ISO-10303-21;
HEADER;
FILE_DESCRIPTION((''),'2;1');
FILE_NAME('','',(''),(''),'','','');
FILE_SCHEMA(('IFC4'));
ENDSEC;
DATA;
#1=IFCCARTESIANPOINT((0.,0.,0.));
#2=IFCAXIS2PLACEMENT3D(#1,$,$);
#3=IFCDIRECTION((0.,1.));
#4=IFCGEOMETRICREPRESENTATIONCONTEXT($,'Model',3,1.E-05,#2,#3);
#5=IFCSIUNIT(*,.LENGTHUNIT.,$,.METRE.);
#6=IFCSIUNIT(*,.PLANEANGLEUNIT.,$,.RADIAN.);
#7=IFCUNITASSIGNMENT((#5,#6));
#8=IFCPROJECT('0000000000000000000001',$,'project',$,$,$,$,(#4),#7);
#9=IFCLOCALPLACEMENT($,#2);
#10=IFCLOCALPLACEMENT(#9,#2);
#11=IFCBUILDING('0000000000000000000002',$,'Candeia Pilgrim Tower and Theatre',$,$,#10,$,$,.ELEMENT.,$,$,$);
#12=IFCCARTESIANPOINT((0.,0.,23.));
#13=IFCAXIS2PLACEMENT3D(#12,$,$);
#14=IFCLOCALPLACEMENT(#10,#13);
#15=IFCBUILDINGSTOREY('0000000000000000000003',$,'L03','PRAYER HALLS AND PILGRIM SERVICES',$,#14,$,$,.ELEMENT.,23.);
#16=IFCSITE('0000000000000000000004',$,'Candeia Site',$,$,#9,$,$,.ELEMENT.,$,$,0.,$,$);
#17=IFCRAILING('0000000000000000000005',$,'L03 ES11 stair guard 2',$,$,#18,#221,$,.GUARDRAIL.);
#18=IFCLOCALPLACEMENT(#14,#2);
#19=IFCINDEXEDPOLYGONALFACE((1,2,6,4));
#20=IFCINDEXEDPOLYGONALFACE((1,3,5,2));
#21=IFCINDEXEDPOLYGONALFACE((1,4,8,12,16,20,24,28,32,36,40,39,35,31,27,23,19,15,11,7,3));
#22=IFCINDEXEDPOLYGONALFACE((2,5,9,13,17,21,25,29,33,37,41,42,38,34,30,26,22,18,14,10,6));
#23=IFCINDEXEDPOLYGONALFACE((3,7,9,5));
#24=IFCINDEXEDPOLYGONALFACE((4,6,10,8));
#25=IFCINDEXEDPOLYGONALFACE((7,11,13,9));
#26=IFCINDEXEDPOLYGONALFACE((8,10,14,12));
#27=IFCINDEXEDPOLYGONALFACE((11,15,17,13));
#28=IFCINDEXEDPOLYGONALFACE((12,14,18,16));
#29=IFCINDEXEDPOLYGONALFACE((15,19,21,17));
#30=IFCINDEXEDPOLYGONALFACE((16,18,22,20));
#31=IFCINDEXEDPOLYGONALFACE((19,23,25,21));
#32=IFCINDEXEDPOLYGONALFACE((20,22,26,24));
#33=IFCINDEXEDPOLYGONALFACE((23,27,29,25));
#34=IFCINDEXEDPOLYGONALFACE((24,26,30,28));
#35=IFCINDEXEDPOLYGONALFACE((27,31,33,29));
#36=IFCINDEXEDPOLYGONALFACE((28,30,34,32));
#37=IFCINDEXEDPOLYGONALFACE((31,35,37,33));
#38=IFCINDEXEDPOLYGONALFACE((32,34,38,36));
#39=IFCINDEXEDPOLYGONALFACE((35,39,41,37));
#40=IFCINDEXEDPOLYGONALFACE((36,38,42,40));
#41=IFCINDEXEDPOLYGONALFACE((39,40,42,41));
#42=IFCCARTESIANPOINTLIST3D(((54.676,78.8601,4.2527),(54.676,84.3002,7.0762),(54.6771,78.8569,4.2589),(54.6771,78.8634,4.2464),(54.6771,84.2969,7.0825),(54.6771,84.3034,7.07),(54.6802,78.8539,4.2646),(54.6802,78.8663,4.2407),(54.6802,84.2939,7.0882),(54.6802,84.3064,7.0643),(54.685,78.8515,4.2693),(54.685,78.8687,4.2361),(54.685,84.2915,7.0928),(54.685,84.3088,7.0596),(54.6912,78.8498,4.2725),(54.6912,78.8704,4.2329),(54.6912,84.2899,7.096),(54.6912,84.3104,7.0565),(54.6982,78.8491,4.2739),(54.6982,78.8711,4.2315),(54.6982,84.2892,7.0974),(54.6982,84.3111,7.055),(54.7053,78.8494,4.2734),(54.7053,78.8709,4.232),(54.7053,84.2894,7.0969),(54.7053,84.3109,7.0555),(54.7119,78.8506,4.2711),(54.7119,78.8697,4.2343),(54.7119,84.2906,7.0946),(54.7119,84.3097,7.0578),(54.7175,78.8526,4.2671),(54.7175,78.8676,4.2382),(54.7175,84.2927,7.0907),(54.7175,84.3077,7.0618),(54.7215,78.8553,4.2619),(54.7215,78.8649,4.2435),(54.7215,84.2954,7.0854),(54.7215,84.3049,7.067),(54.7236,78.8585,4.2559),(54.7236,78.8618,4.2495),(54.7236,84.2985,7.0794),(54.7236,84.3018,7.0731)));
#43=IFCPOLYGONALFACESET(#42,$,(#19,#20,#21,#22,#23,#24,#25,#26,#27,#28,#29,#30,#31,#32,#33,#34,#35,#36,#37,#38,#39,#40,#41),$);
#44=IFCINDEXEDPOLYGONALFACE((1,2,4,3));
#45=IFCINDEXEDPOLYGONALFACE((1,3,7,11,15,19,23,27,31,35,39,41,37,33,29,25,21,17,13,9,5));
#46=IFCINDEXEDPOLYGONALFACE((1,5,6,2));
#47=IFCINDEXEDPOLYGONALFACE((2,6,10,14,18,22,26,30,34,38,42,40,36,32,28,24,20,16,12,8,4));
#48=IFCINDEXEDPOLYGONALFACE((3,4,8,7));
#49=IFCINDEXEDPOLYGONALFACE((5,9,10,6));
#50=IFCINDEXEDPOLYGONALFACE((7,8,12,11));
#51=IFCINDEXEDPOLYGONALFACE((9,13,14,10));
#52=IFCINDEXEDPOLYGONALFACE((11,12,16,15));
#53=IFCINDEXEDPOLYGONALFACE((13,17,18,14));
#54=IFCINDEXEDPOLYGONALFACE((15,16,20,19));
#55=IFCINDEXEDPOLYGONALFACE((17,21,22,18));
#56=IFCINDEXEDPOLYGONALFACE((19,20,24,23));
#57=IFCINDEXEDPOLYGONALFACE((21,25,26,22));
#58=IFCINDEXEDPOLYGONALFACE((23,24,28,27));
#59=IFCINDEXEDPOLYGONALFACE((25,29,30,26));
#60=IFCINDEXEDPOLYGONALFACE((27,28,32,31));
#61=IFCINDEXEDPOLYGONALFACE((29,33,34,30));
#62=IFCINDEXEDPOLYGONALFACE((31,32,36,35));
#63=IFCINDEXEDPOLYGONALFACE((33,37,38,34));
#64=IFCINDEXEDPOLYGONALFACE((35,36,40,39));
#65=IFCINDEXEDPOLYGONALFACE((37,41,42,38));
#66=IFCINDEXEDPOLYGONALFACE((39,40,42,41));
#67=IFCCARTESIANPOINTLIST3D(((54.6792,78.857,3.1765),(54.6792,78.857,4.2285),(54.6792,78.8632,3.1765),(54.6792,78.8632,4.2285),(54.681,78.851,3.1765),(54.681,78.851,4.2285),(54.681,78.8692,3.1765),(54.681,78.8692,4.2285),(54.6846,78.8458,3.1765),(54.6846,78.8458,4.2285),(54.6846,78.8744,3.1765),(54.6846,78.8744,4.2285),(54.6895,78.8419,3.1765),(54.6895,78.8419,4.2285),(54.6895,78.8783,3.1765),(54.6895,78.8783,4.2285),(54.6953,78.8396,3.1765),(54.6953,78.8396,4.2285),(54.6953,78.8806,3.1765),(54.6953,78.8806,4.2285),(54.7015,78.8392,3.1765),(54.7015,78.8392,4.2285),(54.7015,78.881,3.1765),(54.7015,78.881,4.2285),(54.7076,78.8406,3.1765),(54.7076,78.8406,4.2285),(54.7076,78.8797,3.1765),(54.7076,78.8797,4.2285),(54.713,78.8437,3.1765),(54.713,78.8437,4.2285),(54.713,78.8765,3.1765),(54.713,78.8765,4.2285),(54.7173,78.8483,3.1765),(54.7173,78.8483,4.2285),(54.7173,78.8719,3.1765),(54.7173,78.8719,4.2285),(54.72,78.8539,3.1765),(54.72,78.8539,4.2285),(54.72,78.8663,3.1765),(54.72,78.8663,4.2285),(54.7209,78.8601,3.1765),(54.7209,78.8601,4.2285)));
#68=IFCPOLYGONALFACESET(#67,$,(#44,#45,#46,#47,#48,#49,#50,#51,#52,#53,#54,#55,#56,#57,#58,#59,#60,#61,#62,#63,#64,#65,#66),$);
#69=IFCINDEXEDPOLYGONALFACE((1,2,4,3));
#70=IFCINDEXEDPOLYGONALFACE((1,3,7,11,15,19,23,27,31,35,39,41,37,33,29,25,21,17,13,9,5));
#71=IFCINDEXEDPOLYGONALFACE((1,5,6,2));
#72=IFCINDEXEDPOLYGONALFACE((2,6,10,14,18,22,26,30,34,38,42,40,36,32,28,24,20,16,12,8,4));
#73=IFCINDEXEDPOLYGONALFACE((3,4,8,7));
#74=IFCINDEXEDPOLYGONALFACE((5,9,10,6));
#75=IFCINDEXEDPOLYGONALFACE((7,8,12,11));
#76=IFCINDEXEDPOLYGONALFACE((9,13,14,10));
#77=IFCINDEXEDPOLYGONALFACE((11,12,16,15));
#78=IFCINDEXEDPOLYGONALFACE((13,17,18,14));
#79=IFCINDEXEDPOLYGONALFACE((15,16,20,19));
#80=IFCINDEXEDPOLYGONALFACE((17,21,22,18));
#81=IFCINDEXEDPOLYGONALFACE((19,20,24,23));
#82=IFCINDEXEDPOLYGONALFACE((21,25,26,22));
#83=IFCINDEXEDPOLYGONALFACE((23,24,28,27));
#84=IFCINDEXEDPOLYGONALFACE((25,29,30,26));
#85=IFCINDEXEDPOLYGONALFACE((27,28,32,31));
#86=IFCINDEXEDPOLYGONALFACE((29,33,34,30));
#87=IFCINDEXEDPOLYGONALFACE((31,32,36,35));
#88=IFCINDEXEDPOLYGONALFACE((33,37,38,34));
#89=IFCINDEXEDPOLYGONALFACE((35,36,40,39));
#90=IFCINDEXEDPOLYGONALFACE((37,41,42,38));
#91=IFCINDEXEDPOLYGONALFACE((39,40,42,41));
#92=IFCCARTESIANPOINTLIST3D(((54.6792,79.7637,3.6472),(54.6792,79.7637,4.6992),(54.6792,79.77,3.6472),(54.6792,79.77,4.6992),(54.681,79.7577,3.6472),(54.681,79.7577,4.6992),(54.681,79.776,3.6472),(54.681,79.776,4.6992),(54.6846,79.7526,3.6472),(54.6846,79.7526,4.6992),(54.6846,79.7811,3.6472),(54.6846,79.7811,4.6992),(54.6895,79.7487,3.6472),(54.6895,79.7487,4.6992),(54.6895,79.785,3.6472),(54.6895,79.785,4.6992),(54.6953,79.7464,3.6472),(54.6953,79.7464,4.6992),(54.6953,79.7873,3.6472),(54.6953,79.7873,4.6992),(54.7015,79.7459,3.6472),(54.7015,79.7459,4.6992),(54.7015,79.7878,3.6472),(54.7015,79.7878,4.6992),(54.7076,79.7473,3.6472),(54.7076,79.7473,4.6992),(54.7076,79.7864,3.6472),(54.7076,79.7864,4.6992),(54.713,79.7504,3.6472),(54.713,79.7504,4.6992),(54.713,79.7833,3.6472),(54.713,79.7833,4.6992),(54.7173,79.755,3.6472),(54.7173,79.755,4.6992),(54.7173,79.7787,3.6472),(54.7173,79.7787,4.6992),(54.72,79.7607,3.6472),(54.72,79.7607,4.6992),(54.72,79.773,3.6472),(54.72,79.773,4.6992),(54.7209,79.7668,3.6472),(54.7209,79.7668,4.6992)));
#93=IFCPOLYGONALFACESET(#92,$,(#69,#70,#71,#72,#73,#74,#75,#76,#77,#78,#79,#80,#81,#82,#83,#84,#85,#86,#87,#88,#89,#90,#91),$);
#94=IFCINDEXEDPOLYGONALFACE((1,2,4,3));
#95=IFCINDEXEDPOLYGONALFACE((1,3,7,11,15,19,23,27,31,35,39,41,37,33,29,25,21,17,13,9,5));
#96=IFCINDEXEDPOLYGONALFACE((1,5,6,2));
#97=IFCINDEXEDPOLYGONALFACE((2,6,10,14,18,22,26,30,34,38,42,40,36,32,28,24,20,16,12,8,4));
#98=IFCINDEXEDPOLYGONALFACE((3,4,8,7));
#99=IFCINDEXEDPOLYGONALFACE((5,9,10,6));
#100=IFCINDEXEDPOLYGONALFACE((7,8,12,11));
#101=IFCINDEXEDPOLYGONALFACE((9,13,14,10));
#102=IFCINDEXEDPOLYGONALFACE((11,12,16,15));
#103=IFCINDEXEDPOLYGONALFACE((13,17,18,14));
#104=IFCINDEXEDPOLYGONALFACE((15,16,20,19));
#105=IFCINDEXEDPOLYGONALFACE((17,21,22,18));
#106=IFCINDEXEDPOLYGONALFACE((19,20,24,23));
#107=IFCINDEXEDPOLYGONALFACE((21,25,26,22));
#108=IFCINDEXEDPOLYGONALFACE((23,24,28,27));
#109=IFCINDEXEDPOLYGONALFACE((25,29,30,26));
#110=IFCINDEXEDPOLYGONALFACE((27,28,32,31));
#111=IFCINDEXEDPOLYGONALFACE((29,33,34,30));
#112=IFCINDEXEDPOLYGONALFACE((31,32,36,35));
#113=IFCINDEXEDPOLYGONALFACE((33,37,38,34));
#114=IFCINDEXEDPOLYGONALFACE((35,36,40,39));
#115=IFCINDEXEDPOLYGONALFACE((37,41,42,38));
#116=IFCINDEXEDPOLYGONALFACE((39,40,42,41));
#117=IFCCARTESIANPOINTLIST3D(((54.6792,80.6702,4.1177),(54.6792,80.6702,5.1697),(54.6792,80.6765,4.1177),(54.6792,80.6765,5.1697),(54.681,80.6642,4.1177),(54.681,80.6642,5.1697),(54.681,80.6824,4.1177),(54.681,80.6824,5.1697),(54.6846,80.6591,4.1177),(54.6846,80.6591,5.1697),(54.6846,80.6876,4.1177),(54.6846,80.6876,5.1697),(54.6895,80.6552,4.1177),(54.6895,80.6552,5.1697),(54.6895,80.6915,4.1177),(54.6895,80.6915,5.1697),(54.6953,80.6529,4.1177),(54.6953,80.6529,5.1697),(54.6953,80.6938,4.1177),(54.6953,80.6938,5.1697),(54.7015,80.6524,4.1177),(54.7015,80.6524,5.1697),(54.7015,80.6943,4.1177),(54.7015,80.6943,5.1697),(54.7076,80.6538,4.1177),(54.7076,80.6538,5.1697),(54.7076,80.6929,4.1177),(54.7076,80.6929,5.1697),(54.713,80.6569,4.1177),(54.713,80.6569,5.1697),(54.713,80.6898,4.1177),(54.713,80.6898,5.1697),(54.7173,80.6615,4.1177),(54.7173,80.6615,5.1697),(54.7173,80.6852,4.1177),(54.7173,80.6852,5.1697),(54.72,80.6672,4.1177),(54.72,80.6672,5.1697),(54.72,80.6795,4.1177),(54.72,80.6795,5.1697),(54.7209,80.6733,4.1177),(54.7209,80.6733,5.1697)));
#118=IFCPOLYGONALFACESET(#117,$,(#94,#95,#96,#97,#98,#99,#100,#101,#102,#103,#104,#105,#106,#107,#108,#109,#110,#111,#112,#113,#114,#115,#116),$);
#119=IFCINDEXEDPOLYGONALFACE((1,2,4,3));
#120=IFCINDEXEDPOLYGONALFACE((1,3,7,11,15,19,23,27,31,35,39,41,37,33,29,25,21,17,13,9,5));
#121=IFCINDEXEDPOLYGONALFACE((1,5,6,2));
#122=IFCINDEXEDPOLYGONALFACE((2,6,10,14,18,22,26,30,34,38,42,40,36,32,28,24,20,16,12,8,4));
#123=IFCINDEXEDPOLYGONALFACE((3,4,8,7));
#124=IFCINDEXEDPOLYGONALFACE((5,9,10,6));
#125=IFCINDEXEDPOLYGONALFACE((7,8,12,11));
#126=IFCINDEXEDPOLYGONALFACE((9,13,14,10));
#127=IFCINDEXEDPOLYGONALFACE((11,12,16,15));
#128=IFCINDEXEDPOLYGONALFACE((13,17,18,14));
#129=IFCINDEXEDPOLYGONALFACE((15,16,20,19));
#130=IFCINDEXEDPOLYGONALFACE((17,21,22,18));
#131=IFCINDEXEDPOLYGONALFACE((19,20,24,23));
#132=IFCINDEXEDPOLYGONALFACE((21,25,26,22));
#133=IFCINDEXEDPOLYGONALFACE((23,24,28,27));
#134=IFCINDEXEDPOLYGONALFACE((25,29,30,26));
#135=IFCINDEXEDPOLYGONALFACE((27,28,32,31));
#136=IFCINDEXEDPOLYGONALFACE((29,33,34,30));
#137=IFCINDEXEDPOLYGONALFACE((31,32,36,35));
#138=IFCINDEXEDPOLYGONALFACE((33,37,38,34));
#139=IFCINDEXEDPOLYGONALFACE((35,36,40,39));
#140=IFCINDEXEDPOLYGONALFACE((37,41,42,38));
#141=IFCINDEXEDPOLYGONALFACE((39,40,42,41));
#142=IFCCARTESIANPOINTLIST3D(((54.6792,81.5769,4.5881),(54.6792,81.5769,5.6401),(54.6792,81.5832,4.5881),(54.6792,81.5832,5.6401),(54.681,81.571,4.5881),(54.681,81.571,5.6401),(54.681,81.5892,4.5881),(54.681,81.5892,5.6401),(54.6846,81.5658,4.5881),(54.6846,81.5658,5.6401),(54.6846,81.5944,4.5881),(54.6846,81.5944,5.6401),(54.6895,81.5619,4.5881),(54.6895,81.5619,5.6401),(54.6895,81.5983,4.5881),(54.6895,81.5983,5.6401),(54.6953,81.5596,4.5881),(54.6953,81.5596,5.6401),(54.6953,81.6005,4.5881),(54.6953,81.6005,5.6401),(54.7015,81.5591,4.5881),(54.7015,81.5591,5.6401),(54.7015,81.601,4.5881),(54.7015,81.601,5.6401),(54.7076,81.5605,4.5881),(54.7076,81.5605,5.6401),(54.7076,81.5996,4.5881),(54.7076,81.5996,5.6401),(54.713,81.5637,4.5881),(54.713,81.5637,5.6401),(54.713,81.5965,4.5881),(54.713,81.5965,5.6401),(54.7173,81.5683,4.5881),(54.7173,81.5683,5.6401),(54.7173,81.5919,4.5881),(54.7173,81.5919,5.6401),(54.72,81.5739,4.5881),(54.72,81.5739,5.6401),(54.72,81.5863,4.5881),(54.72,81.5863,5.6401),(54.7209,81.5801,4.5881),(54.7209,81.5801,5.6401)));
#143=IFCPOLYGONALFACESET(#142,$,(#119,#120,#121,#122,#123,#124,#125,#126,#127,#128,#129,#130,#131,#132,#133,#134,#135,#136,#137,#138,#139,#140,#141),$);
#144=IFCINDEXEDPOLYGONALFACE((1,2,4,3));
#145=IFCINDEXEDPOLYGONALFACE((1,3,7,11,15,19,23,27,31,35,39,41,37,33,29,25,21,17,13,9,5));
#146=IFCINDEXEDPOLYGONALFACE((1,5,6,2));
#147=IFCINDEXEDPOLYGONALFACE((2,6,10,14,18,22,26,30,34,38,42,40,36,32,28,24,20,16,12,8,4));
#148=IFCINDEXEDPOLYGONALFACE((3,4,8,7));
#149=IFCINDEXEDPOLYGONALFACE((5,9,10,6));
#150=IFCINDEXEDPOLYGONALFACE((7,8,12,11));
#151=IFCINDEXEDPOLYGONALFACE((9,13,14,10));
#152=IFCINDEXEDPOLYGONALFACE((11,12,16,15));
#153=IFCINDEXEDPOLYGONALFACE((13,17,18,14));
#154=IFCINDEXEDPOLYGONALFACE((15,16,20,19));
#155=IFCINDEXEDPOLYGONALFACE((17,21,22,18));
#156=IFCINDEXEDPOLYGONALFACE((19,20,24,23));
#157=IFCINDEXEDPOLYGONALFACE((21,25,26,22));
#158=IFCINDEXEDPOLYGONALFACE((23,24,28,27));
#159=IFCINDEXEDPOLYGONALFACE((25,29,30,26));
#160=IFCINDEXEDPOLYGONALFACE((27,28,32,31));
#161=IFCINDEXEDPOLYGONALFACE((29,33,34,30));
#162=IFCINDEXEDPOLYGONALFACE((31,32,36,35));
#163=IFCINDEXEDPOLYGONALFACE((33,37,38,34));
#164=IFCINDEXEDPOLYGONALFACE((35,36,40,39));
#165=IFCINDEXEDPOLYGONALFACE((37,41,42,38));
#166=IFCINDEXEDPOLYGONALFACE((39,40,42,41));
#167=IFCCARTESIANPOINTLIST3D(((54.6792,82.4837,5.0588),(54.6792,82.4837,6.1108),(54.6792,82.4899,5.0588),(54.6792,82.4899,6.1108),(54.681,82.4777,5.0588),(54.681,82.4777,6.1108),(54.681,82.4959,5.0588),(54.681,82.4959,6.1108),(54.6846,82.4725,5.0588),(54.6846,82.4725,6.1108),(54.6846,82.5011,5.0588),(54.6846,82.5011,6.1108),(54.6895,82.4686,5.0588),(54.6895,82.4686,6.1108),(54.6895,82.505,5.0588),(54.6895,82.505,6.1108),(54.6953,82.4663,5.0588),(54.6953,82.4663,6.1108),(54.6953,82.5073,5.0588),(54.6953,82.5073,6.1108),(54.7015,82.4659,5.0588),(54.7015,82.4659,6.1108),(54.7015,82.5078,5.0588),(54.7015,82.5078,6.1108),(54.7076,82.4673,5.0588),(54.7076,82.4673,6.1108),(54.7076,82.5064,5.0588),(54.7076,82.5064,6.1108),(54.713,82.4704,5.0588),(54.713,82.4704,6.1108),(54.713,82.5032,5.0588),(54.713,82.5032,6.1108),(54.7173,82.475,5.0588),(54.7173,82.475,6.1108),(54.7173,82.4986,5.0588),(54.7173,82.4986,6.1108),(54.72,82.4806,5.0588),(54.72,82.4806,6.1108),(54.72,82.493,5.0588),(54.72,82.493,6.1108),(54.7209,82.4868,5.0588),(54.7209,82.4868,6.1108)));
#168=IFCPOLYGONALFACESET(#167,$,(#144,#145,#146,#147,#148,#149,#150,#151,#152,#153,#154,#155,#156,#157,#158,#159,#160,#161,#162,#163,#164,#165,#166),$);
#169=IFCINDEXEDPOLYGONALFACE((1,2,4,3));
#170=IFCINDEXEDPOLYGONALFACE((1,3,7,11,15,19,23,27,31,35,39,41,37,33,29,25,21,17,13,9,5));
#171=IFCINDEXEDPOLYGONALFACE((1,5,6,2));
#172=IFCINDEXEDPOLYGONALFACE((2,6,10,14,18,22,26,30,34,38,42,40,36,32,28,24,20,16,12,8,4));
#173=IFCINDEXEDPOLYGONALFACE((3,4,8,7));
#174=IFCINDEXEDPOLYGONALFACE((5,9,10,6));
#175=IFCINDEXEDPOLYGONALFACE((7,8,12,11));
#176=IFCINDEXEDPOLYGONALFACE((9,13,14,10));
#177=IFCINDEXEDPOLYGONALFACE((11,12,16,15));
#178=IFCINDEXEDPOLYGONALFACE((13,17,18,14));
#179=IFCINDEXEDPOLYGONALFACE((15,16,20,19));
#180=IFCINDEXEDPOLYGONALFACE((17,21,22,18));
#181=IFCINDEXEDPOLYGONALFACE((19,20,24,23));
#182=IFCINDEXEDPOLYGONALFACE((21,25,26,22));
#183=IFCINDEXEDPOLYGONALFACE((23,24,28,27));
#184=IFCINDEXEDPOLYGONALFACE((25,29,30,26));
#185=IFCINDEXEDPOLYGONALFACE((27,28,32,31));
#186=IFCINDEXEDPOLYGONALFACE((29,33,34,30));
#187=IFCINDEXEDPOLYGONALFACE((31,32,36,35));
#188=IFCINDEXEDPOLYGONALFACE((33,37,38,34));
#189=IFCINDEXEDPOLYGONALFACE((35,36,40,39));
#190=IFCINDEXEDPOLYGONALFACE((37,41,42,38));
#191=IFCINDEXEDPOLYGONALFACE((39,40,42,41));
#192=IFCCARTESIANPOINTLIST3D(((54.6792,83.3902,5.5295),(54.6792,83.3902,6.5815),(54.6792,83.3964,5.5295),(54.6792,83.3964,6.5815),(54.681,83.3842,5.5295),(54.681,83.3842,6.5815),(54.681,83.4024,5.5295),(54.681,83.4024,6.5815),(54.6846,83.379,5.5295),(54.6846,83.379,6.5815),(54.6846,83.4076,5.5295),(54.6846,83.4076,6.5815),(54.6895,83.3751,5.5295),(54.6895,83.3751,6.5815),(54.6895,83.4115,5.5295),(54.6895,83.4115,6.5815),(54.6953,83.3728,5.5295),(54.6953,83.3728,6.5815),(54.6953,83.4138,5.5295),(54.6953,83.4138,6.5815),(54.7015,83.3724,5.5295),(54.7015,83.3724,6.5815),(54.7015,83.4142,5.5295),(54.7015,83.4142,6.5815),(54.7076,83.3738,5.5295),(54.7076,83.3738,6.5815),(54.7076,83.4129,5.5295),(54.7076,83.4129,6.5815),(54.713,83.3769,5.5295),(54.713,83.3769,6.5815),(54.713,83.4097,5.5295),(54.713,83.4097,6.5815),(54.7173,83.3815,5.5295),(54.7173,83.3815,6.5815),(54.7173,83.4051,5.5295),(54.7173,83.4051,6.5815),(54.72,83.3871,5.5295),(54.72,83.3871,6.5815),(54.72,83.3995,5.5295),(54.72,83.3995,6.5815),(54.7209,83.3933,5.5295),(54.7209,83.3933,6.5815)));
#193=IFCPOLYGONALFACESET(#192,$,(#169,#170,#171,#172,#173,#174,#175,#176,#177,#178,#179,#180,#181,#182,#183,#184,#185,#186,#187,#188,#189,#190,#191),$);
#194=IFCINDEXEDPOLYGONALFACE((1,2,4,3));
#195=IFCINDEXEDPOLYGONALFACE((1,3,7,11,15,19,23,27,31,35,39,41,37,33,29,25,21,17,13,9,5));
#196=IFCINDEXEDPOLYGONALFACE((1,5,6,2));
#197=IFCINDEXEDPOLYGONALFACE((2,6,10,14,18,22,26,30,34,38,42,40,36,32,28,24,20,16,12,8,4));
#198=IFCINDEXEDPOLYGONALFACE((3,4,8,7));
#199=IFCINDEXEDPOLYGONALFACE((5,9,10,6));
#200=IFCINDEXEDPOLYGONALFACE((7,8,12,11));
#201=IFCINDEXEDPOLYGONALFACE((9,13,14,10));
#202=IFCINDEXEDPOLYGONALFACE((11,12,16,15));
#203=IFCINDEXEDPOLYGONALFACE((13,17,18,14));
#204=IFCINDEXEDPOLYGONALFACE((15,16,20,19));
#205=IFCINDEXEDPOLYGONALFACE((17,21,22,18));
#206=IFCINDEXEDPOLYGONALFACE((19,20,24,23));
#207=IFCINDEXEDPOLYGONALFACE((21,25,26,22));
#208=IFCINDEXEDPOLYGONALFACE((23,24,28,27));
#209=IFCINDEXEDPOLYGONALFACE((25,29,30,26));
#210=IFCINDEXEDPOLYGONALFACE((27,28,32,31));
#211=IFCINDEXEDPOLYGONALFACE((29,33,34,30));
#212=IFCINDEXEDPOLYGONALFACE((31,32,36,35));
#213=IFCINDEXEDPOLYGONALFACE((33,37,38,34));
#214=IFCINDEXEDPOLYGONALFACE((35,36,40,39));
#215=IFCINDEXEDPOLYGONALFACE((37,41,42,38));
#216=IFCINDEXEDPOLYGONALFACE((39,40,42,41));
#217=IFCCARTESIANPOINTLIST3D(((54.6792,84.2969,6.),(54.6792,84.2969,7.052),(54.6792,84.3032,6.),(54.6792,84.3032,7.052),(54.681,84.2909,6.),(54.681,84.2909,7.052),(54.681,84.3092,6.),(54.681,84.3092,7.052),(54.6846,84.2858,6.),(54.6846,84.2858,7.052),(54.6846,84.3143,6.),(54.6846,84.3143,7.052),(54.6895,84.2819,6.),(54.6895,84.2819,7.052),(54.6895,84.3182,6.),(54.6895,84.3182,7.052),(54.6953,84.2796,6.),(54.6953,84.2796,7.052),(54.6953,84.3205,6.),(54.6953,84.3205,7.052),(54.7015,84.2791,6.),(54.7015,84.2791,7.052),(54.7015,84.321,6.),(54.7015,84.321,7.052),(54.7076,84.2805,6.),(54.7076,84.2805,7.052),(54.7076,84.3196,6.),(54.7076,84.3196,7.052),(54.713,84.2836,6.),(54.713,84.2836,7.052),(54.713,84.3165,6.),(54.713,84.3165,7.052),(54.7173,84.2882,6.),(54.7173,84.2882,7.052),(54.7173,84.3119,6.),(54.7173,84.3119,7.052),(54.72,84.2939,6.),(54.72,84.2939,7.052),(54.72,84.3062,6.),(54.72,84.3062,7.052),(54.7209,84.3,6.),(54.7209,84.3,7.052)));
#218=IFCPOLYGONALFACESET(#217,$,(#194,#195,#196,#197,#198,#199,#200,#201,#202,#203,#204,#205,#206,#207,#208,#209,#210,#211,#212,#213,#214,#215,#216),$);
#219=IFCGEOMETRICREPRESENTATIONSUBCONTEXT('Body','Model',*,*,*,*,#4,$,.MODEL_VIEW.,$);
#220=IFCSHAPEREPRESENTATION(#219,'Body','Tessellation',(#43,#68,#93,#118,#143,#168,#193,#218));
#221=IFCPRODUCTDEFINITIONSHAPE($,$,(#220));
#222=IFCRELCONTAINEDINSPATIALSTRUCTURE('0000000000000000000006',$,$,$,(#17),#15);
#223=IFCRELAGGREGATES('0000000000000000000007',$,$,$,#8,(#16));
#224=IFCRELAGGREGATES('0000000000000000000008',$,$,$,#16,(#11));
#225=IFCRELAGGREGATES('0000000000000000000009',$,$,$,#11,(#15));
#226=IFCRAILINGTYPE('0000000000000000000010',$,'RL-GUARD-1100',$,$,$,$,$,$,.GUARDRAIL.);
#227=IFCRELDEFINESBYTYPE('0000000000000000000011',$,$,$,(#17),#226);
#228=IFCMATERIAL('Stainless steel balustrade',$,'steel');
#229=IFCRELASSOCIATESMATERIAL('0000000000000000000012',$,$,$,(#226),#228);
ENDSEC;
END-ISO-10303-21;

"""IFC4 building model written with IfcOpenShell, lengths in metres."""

from ifc_helpers import new_model, si_unit, direction, frame, origin, origin_2d, place, context, subcontext, project, spatial, circle, extrude, material, type_object, element, save


model = new_model("IFC4")

# Units and contexts
model_context = context("Model", 3, precision=1e-05, world=origin(), true_north=direction((0.0, 1.0)))
body_context = subcontext(model_context, "Body", "Model", "MODEL_VIEW")
ifc_project = project(units=[si_unit("LENGTHUNIT", "METRE"), si_unit("PLANEANGLEUNIT", "RADIAN")], contexts=[model_context])

# Site, building, storey
site_placement = place(None, origin())
site = spatial("IfcSite", under=ifc_project, at=site_placement, Name="Candeia Site", CompositionType="ELEMENT", RefElevation=0.0)
building_placement = place(site_placement, origin())
building = spatial("IfcBuilding", under=site, at=building_placement, Name="Candeia Pilgrim Tower and Theatre", CompositionType="ELEMENT")
storey_placement = place(building_placement, frame((0.0, 0.0, 23.0)))
storey = spatial("IfcBuildingStorey", under=building, at=storey_placement, Name="L03", Description="PRAYER HALLS AND PILGRIM SERVICES", CompositionType="ELEMENT", Elevation=23.0)

# Railing
ifc_material_1 = material(Name="Stainless steel balustrade", Category="steel")
railing_type_1 = type_object("IfcRailingType", Name="RL-GUARD-1100", PredefinedType="GUARDRAIL", material=ifc_material_1)
railing_1_placement = place(storey_placement, frame((54.7, 78.8601, 3.1765)))
element("IfcRailing", 1, at=railing_1_placement, inside=storey, type_object=railing_type_1, Name="L03 ES11 stair guard 2", PredefinedType="GUARDRAIL", context=body_context, shape_type="SweptSolid", body=[
    extrude(circle(Radius=0.0239, at=origin_2d()), frame((0.0, 0.0, 1.0762), z_axis=(0.0, 0.887569, 0.460674), x_axis=(-1.0, 0.0, 0.0)), (0.0, 0.0, 1.0), 6.1292),
    extrude(circle(Radius=0.021, at=origin_2d()), origin(), (0.0, 0.0, 1.0), 1.052),
    extrude(circle(Radius=0.021, at=origin_2d()), frame((0.0, 0.9067, 0.4707)), (0.0, 0.0, 1.0), 1.052),
    extrude(circle(Radius=0.021, at=origin_2d()), frame((0.0, 1.8132, 0.9412)), (0.0, 0.0, 1.0), 1.052),
    extrude(circle(Radius=0.021, at=origin_2d()), frame((0.0, 2.72, 1.4116)), (0.0, 0.0, 1.0), 1.052),
    extrude(circle(Radius=0.021, at=origin_2d()), frame((0.0, 3.6267, 1.8823)), (0.0, 0.0, 1.0), 1.052),
    extrude(circle(Radius=0.021, at=origin_2d()), frame((0.0, 4.5332, 2.353)), (0.0, 0.0, 1.0), 1.052),
    extrude(circle(Radius=0.021, at=origin_2d()), frame((0.0, 5.4399, 2.8235)), (0.0, 0.0, 1.0), 1.052),
])

save(model, "model.ifc")
